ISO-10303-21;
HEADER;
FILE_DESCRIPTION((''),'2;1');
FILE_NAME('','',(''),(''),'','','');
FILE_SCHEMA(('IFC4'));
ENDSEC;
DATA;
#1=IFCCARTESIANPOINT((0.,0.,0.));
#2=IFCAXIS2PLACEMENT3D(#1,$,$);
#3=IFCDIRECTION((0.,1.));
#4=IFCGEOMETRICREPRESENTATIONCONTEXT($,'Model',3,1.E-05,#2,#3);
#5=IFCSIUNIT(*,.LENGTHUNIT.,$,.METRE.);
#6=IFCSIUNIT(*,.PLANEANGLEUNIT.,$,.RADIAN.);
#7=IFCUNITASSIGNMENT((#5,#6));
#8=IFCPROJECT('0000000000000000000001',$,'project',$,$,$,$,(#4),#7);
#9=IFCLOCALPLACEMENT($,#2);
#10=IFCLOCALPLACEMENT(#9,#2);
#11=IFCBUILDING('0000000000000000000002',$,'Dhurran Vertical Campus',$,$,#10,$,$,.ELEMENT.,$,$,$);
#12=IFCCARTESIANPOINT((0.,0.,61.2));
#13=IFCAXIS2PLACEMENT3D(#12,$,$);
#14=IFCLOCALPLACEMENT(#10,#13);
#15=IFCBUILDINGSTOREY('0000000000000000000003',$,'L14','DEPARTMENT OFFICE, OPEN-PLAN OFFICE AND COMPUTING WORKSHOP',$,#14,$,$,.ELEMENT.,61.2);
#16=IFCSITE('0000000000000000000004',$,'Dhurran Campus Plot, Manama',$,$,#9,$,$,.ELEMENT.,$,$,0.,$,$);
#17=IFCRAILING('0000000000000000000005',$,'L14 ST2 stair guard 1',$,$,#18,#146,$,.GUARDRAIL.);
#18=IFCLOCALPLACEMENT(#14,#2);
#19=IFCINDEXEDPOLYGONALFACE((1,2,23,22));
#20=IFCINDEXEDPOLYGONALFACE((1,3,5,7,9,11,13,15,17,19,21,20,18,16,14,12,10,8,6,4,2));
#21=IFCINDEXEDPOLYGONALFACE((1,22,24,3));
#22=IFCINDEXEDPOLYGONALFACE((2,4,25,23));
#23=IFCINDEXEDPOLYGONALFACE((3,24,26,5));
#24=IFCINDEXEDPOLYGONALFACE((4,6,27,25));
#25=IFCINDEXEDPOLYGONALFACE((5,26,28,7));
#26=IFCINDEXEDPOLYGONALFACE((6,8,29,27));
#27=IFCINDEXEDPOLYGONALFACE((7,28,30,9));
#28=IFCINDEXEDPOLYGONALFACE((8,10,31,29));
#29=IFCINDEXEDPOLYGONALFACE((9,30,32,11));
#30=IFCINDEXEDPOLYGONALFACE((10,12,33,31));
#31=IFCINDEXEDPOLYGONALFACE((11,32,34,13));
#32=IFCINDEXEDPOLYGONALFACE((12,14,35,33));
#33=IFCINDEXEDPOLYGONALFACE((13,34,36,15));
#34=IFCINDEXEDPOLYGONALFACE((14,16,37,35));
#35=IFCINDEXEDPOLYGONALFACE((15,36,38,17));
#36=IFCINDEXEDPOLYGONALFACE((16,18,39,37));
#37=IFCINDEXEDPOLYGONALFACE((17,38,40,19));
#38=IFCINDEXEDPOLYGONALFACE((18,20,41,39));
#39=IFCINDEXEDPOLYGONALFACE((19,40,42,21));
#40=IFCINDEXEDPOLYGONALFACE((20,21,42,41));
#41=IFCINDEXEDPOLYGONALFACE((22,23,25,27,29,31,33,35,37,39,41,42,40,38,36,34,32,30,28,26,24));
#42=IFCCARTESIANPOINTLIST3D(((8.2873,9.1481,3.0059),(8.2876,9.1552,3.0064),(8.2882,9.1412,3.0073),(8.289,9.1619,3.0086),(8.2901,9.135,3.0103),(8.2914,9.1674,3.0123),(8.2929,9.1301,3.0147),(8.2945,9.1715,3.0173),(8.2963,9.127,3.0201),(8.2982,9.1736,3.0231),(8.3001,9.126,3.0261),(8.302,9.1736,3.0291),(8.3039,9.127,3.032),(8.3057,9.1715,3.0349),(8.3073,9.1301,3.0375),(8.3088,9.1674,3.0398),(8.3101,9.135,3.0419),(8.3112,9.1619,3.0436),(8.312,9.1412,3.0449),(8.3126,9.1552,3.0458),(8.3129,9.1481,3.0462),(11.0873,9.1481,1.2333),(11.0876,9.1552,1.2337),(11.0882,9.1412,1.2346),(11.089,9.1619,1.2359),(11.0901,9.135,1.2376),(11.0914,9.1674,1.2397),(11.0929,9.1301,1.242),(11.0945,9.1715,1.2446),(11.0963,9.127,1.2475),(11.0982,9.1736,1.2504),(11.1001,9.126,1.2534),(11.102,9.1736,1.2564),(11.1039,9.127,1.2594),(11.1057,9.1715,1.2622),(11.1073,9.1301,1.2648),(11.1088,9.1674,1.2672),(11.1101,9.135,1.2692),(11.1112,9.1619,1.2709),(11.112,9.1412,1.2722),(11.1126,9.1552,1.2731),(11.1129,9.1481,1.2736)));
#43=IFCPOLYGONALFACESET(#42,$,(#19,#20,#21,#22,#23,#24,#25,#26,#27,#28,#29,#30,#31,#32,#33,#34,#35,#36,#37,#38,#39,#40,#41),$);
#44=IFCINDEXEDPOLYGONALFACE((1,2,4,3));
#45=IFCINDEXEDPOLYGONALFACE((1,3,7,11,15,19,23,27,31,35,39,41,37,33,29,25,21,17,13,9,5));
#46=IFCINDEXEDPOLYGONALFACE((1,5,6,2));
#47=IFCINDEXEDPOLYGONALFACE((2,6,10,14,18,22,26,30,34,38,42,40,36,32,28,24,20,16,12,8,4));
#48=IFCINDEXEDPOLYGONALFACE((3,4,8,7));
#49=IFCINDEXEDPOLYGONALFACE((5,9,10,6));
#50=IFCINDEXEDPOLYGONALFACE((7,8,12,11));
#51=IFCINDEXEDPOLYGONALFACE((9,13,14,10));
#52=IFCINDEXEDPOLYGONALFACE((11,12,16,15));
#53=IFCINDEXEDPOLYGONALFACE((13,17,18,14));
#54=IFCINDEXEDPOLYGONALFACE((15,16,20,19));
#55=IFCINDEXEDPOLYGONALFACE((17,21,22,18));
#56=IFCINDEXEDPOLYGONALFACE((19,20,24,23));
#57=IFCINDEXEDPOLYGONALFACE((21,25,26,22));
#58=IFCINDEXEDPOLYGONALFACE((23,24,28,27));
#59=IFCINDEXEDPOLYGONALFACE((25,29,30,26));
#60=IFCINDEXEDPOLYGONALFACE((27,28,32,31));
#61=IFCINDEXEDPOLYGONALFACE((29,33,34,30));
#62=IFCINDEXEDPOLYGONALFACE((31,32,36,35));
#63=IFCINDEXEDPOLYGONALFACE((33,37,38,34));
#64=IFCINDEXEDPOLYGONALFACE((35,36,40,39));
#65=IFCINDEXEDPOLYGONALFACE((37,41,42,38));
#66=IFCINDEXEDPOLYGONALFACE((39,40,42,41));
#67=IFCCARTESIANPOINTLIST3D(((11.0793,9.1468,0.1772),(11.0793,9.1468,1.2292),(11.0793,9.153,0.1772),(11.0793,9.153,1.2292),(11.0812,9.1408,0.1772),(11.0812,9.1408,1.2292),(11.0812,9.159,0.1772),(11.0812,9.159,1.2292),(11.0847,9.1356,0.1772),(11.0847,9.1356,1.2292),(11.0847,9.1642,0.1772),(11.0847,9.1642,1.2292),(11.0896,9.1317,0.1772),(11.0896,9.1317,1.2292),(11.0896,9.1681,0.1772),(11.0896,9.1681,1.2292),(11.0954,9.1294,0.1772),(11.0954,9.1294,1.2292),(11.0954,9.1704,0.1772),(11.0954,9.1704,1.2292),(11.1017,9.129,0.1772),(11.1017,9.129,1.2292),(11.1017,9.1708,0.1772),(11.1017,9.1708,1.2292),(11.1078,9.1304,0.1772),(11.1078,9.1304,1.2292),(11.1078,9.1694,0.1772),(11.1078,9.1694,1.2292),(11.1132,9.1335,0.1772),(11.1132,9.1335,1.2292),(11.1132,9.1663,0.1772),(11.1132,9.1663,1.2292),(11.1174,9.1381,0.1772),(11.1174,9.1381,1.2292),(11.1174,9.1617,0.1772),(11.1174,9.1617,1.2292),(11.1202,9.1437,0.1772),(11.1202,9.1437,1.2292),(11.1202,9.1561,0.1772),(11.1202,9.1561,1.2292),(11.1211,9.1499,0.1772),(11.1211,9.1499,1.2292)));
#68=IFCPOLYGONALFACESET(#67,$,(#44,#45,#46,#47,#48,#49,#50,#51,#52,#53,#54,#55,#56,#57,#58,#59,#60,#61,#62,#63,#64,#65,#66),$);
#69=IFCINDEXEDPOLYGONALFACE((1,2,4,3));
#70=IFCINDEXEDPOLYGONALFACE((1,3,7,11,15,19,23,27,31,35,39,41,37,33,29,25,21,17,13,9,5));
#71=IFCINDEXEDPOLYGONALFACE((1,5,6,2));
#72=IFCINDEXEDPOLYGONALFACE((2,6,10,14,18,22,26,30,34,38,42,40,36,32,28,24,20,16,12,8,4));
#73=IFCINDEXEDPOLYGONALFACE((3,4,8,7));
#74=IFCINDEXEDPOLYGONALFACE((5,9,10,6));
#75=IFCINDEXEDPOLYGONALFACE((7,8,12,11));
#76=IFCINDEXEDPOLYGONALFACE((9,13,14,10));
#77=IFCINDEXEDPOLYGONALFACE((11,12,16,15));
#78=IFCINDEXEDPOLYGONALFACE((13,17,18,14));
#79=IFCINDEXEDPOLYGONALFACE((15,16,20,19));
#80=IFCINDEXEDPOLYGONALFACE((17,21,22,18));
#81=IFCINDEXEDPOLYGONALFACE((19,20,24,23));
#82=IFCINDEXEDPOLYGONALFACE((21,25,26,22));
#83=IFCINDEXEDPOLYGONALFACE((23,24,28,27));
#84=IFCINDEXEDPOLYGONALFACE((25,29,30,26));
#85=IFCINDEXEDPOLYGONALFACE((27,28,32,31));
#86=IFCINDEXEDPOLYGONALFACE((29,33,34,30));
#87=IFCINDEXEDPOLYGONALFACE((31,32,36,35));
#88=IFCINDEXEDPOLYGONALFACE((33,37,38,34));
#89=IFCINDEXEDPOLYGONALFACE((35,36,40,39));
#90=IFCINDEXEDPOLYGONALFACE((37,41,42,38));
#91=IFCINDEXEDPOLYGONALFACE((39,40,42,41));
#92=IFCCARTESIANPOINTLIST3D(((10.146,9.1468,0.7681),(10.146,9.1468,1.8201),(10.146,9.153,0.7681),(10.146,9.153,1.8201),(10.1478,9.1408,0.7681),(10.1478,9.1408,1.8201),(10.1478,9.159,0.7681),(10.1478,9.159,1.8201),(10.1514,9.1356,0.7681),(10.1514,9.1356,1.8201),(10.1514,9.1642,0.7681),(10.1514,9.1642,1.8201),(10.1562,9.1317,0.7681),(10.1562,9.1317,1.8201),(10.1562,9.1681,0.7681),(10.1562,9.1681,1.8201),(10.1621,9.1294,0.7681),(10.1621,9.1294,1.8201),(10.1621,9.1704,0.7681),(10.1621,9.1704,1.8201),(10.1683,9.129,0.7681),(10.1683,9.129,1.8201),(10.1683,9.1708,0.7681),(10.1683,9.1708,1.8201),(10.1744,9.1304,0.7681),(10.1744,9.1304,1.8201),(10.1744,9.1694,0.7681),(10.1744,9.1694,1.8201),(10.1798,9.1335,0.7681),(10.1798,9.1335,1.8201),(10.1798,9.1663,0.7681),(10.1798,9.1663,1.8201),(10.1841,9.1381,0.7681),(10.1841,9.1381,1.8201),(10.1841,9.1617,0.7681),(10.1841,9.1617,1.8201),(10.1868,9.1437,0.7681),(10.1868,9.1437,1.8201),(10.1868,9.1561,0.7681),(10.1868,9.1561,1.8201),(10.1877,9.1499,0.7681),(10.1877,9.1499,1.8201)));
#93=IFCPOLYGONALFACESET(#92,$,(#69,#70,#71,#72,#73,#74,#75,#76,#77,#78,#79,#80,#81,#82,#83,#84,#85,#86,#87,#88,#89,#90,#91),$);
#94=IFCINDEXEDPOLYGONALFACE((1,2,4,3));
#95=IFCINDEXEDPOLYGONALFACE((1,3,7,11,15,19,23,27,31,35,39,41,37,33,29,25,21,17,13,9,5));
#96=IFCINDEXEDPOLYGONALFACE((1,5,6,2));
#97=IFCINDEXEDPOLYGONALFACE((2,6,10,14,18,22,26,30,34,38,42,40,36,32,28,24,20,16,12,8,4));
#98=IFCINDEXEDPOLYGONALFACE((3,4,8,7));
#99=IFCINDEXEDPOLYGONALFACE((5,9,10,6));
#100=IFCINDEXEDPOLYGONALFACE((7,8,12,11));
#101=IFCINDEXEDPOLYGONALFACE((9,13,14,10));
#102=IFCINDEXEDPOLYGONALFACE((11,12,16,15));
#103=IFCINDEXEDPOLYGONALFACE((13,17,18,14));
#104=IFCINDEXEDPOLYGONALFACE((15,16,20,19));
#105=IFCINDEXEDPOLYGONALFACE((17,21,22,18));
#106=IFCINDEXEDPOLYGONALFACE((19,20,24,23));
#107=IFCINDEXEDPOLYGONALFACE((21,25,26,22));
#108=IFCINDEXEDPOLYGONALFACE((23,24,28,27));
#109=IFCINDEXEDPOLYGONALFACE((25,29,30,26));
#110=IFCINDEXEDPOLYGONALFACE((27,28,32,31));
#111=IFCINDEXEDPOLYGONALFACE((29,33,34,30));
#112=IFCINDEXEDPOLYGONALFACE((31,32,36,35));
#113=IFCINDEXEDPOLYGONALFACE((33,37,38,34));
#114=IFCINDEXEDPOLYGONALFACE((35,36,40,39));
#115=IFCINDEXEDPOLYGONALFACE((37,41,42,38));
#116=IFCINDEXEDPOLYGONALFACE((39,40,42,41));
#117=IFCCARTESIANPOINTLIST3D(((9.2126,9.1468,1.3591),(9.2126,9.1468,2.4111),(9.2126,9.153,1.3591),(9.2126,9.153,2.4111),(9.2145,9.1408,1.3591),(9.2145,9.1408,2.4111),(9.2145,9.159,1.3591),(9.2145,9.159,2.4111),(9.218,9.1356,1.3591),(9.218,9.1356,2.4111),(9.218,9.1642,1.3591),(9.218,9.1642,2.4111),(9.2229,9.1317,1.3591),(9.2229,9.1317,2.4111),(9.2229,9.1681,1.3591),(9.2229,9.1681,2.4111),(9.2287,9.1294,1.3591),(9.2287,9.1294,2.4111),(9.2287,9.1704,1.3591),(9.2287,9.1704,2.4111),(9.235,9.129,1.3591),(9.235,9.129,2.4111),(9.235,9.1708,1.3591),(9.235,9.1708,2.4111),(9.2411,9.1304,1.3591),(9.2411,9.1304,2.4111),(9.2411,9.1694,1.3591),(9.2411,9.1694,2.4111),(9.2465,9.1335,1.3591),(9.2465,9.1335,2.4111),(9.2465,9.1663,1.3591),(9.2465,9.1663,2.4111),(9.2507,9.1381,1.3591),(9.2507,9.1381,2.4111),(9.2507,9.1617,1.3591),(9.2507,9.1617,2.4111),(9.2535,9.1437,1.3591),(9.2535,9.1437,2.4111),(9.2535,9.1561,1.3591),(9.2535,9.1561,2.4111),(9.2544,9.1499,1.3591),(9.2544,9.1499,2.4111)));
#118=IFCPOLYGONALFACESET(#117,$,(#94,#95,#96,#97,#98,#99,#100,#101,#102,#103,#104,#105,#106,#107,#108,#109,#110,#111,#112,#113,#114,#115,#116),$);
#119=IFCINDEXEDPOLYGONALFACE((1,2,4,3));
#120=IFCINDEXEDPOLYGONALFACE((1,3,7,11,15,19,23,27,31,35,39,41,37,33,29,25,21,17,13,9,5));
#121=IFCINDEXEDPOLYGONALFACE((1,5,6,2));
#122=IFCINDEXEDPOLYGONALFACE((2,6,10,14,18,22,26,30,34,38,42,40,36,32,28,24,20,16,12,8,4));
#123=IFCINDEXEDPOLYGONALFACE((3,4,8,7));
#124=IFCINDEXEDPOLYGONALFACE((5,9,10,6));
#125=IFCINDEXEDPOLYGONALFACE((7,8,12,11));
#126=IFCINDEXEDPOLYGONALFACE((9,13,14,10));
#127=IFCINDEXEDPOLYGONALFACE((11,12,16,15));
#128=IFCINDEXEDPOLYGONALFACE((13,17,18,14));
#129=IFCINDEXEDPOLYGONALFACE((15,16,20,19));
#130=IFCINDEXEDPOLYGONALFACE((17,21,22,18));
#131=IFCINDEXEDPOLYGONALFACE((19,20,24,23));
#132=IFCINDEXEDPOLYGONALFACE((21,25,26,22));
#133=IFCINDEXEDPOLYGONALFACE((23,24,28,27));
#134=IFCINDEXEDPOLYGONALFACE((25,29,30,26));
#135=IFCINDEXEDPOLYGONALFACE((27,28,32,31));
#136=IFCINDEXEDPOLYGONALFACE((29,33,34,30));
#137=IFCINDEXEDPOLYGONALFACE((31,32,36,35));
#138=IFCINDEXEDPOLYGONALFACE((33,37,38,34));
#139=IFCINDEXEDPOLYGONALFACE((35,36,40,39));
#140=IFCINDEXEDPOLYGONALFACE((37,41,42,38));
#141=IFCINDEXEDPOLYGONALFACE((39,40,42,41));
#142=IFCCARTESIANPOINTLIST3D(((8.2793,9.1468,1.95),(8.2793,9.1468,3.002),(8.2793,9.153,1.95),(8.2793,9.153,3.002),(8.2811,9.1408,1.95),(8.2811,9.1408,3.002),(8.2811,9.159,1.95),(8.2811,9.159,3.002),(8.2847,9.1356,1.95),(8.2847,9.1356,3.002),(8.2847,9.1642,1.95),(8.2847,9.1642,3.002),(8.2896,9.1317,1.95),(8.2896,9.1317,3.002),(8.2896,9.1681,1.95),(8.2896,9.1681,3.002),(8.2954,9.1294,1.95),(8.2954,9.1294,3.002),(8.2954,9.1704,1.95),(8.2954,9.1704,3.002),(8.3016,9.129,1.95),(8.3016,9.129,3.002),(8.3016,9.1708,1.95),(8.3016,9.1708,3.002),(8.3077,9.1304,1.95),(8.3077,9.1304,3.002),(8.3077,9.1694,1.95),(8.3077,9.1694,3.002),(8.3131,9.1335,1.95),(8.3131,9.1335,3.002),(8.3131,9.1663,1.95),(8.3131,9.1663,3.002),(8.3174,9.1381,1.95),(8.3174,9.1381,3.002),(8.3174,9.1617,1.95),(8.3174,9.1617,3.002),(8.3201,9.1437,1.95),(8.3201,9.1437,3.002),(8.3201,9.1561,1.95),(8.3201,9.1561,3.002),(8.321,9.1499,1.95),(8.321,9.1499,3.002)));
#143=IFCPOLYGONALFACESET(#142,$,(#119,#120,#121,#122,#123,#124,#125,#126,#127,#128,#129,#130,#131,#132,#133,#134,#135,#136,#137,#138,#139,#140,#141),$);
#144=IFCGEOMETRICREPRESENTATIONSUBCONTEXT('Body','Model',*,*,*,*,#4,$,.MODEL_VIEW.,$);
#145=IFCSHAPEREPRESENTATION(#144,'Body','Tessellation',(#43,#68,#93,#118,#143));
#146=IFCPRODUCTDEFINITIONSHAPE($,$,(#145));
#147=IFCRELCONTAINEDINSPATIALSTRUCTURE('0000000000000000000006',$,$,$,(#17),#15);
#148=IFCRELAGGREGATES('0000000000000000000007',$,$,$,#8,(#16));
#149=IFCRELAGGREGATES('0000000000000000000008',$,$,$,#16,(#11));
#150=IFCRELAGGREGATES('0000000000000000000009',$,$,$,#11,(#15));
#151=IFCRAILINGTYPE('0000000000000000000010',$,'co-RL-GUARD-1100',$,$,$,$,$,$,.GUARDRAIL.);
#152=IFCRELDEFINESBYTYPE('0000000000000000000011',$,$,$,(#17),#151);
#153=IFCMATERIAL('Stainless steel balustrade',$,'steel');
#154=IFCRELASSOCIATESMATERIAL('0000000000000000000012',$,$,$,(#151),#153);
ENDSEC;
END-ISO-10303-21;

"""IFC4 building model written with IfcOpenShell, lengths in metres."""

from ifc_helpers import new_model, si_unit, direction, frame, origin, origin_2d, place, context, subcontext, project, spatial, circle, extrude, material, type_object, element, save


model = new_model("IFC4")

# Units and contexts
model_context = context("Model", 3, precision=1e-05, world=origin(), true_north=direction((0.0, 1.0)))
body_context = subcontext(model_context, "Body", "Model", "MODEL_VIEW")
ifc_project = project(units=[si_unit("LENGTHUNIT", "METRE"), si_unit("PLANEANGLEUNIT", "RADIAN")], contexts=[model_context])

# Site, building, storey
site_placement = place(None, origin())
site = spatial("IfcSite", under=ifc_project, at=site_placement, Name="Dhurran Campus Plot, Manama", CompositionType="ELEMENT", RefElevation=0.0)
building_placement = place(site_placement, origin())
building = spatial("IfcBuilding", under=site, at=building_placement, Name="Dhurran Vertical Campus", CompositionType="ELEMENT")
storey_placement = place(building_placement, frame((0.0, 0.0, 61.2)))
storey = spatial("IfcBuildingStorey", under=building, at=storey_placement, Name="L14", Description="DEPARTMENT OFFICE, OPEN-PLAN OFFICE AND COMPUTING WORKSHOP", CompositionType="ELEMENT", Elevation=61.2)

# Railing
ifc_material_1 = material(Name="Stainless steel balustrade", Category="steel")
railing_type_1 = type_object("IfcRailingType", Name="co-RL-GUARD-1100", PredefinedType="GUARDRAIL", material=ifc_material_1)
railing_1_placement = place(storey_placement, frame((11.1001, 9.1499, 0.1772)))
element("IfcRailing", 1, at=railing_1_placement, inside=storey, type_object=railing_type_1, Name="L14 ST2 stair guard 1", PredefinedType="GUARDRAIL", context=body_context, shape_type="SweptSolid", body=[
    extrude(circle(Radius=0.0239, at=origin_2d()), frame((0.0, 0.0, 1.0762), z_axis=(-0.844909, 0.0, 0.53491), x_axis=(0.0, -1.0, 0.0)), (0.0, 0.0, 1.0), 3.314),
    extrude(circle(Radius=0.021, at=origin_2d()), origin(), (0.0, 0.0, 1.0), 1.052),
    extrude(circle(Radius=0.021, at=origin_2d()), frame((-0.9333, 0.0, 0.5908)), (0.0, 0.0, 1.0), 1.052),
    extrude(circle(Radius=0.021, at=origin_2d()), frame((-1.8667, 0.0, 1.1819)), (0.0, 0.0, 1.0), 1.052),
    extrude(circle(Radius=0.021, at=origin_2d()), frame((-2.8, 0.0, 1.7727)), (0.0, 0.0, 1.0), 1.052),
])

save(model, "model.ifc")
